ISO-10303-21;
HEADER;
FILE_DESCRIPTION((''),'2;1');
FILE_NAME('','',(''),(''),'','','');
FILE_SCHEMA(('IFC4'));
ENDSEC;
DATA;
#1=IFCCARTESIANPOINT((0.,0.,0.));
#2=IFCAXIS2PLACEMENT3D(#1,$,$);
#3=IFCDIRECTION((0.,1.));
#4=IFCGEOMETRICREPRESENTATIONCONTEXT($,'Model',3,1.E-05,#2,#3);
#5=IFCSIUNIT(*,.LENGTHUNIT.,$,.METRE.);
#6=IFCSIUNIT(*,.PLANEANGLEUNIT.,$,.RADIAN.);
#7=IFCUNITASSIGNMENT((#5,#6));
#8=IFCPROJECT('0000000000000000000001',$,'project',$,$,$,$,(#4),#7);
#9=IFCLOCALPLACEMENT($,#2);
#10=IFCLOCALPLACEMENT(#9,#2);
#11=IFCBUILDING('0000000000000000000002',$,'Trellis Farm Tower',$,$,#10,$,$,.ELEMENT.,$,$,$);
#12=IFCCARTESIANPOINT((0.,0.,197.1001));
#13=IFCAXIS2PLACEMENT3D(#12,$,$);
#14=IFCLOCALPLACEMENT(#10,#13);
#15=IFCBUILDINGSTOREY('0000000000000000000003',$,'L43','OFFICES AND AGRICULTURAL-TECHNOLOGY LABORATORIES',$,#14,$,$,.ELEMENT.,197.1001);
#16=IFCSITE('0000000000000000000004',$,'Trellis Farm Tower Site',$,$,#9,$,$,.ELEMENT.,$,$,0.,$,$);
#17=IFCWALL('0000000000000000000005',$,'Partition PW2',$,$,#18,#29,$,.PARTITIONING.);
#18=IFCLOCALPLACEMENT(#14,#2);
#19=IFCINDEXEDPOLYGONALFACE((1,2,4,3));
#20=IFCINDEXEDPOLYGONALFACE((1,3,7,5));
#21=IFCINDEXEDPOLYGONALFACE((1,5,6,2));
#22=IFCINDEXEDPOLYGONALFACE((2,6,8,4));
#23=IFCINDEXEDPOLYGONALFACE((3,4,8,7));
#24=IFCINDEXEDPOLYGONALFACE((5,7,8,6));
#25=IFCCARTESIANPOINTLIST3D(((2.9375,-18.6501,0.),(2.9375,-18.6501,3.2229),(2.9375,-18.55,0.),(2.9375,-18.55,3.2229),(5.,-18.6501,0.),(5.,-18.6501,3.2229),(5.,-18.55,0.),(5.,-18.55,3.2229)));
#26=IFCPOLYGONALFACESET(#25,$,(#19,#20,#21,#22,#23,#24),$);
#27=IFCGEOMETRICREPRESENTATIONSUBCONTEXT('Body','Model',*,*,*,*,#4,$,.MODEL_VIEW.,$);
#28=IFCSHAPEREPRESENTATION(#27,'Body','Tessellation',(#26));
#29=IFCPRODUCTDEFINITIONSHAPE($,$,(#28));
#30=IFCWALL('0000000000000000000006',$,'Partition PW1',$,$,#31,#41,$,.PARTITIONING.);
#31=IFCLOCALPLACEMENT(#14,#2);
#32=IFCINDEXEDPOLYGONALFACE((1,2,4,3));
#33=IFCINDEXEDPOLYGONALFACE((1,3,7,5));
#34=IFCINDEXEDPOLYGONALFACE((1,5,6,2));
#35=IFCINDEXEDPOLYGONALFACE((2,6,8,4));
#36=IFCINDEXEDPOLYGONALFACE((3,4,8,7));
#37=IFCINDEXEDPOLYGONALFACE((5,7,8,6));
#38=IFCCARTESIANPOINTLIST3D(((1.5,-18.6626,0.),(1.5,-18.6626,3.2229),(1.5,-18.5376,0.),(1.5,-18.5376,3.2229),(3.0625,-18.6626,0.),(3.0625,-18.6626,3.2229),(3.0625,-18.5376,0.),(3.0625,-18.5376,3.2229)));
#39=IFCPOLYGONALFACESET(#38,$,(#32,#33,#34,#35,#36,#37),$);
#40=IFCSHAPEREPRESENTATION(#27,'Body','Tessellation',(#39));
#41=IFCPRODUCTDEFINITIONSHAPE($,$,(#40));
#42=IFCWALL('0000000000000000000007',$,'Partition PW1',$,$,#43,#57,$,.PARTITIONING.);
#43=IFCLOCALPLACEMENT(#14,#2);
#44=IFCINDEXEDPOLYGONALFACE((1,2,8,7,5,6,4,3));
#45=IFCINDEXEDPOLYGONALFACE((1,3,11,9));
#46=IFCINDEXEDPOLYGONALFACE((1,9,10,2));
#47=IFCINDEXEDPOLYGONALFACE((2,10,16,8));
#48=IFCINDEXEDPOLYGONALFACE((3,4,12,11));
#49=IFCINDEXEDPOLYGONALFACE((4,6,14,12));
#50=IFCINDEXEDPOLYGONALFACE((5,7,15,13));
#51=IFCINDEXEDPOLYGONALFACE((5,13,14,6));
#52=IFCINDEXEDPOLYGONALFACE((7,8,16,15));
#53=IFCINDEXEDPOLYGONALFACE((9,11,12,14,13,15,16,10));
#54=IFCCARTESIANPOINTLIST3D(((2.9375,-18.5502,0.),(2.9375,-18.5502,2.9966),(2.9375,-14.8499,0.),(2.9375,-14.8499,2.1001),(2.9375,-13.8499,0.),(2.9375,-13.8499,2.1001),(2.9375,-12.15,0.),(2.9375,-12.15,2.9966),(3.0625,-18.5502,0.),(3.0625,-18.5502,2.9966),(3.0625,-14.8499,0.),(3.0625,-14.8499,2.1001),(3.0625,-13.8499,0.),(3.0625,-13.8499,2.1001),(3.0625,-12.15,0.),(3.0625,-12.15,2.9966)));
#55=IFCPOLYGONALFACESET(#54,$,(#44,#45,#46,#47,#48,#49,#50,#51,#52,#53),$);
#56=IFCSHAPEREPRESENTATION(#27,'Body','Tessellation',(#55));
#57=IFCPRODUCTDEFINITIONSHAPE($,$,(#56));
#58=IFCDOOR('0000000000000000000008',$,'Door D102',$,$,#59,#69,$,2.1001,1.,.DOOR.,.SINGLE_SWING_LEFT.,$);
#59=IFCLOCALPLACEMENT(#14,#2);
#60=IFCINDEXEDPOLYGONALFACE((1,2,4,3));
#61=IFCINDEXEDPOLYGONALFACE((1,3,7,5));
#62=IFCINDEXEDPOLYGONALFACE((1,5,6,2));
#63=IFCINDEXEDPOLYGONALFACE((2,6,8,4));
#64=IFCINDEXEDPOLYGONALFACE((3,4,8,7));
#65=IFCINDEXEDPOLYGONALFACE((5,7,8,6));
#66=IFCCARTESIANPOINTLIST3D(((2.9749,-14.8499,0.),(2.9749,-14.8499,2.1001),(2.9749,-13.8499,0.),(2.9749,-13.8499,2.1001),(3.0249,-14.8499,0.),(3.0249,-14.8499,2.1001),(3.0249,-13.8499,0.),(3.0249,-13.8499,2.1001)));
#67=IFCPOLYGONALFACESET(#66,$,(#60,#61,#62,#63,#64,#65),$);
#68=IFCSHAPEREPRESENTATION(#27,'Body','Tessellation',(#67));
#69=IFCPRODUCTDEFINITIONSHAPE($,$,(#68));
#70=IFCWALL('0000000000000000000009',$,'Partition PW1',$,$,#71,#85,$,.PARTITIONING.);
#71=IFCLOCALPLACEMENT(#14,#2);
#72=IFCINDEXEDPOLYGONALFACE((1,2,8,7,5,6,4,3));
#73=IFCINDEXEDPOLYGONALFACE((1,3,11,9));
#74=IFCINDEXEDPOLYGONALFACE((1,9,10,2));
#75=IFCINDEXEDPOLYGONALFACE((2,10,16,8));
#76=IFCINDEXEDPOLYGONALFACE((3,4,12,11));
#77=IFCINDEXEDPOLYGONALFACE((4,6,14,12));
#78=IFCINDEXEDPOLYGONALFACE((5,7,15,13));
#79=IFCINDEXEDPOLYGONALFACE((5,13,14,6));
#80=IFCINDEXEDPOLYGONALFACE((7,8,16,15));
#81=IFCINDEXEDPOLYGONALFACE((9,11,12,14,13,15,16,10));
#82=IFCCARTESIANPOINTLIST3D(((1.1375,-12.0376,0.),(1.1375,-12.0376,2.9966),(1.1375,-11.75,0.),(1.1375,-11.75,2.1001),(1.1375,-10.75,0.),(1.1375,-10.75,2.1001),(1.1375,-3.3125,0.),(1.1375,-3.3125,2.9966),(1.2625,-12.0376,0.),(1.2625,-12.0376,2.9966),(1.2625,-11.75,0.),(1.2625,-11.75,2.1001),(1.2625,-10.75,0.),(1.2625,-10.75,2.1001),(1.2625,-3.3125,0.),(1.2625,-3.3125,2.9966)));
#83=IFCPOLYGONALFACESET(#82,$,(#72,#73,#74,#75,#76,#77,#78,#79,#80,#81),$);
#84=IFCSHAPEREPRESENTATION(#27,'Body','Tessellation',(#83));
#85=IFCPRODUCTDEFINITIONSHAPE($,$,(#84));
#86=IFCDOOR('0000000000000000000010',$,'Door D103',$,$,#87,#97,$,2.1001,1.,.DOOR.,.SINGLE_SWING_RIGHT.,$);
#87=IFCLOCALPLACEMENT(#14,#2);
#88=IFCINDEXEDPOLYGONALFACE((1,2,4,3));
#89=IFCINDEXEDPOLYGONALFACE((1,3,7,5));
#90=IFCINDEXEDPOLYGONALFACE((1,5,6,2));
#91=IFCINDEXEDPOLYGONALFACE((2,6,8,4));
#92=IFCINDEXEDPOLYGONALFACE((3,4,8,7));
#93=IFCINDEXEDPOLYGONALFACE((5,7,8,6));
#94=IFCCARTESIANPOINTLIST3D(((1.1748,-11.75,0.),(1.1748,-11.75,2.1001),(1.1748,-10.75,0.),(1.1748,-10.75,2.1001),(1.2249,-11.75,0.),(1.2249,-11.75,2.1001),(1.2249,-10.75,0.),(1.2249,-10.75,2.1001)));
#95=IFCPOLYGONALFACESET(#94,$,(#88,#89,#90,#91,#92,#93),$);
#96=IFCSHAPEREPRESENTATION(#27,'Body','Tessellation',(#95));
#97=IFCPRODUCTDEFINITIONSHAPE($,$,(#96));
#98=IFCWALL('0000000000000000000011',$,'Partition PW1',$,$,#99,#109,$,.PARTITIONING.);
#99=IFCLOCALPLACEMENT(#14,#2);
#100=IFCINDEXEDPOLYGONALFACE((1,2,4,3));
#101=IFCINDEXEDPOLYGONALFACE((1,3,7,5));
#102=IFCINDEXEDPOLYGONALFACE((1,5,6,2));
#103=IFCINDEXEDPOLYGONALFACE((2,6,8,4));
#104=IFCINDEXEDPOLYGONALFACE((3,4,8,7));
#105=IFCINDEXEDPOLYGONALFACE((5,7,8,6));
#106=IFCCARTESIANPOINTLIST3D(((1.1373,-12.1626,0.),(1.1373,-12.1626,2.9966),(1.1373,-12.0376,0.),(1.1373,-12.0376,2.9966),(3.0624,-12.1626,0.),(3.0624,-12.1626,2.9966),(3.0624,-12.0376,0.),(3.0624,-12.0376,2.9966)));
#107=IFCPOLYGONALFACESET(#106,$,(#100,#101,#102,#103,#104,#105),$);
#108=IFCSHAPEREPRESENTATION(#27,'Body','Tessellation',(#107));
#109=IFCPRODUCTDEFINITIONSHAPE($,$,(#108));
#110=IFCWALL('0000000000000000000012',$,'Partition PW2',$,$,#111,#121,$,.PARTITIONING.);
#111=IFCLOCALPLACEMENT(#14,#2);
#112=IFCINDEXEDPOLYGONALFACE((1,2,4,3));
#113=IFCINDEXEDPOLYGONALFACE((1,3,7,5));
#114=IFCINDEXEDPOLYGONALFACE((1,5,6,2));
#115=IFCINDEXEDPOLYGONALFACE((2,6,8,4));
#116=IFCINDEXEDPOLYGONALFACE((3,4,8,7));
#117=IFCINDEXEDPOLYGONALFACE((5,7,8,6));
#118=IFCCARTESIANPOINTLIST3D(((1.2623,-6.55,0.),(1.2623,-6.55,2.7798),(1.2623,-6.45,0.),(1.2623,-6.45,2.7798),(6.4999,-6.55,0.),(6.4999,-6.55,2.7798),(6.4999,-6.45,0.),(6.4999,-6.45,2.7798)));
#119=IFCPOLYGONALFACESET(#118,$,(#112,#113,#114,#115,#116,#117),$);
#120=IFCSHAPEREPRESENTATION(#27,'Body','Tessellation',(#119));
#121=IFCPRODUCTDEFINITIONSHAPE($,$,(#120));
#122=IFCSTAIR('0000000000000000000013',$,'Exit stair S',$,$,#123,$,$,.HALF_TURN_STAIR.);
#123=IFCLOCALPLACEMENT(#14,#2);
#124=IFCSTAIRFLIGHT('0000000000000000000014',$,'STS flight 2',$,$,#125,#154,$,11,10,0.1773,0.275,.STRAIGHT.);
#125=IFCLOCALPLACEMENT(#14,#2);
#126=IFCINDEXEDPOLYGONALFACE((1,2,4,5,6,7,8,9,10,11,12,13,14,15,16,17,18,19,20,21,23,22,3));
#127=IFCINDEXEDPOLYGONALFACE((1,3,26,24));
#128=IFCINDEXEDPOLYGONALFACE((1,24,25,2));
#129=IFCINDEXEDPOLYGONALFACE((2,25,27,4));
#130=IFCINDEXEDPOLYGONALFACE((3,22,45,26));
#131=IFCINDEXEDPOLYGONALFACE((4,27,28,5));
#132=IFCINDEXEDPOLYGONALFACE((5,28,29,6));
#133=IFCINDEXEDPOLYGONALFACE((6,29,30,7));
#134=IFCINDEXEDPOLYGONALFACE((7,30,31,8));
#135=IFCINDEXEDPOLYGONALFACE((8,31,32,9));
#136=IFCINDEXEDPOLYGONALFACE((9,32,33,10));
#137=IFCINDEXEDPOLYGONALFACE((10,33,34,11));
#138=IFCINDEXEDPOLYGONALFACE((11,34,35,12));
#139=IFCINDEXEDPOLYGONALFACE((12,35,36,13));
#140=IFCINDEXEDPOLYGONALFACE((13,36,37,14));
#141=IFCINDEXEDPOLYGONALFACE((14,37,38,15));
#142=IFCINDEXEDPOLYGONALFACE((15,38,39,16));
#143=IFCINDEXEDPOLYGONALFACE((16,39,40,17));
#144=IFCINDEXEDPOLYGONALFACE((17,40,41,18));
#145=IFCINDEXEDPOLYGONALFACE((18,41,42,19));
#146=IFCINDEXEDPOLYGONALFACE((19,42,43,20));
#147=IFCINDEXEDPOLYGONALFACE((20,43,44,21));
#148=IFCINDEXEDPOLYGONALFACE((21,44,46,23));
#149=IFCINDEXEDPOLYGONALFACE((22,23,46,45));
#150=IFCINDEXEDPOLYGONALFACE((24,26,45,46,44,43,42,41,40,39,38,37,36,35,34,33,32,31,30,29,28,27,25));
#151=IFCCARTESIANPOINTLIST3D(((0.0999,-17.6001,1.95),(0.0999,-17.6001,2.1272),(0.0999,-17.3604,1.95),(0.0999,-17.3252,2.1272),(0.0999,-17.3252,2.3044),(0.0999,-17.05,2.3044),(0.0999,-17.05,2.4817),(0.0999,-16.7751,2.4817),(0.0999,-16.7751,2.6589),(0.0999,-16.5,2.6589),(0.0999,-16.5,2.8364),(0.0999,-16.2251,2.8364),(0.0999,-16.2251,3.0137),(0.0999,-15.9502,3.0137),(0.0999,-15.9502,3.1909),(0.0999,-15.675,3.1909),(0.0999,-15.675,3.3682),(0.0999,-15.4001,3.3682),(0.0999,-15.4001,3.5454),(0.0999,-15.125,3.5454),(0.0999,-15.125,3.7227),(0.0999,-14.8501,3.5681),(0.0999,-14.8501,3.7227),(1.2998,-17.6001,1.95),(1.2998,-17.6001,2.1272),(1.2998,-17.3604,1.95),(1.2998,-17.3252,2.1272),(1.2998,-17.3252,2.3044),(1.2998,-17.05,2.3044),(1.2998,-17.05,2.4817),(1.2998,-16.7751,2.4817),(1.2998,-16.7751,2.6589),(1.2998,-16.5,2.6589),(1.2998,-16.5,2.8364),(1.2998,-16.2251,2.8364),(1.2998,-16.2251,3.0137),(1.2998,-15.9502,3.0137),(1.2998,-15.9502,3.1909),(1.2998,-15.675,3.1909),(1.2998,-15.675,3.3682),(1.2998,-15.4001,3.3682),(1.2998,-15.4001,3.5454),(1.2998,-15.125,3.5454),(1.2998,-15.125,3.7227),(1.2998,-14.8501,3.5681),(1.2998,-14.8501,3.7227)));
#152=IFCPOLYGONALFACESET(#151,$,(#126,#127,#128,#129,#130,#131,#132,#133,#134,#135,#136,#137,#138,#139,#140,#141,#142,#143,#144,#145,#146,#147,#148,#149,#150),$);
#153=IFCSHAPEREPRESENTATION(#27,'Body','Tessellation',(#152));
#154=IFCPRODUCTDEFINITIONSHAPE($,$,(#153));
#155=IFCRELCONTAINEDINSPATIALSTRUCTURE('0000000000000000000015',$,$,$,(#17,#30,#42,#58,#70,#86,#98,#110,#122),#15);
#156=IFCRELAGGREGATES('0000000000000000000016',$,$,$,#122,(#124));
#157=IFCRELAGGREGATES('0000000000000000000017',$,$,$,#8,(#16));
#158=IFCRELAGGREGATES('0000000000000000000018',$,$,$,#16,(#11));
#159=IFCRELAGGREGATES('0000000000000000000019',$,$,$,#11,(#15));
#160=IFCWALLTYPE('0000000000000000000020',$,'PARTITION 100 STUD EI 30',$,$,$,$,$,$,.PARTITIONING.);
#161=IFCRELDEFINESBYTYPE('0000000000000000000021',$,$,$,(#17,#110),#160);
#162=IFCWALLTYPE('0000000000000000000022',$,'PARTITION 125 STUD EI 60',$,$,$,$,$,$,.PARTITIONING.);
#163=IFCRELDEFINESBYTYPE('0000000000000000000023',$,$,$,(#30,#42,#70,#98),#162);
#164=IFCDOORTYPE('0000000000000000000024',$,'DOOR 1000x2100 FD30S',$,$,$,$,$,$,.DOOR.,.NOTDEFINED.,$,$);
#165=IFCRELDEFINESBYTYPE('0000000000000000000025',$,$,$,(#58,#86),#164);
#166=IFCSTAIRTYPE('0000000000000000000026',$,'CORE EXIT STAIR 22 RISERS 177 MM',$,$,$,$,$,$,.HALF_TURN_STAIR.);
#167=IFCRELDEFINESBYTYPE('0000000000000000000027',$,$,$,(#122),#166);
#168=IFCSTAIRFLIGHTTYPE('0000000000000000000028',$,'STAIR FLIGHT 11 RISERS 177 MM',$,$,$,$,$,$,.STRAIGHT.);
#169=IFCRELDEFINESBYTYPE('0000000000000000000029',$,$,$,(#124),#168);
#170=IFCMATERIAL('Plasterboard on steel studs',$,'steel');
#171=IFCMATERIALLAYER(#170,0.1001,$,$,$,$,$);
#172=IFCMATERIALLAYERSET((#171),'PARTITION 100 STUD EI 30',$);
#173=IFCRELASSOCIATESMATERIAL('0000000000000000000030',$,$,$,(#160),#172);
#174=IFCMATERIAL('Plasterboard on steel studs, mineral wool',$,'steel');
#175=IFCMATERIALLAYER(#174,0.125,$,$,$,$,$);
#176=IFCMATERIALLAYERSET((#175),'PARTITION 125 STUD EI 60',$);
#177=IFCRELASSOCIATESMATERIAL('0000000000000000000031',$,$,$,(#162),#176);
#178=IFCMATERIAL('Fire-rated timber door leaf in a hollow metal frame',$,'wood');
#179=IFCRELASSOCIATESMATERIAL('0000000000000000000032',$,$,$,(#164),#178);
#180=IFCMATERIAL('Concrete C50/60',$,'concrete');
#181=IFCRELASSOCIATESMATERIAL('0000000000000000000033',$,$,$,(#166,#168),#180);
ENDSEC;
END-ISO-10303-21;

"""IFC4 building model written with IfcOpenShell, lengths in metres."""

from ifc_helpers import new_model, si_unit, direction, frame, frame_2d, origin, place, context, subcontext, project, spatial, polyline, rectangle, outline, extrude, source, transform, mapped, material, layer, layer_set, type_object, element, fill, aggregate, save


model = new_model("IFC4")

# Units and contexts
model_context = context("Model", 3, precision=1e-05, world=origin(), true_north=direction((0.0, 1.0)))
body_context = subcontext(model_context, "Body", "Model", "MODEL_VIEW")
ifc_project = project(units=[si_unit("LENGTHUNIT", "METRE"), si_unit("PLANEANGLEUNIT", "RADIAN")], contexts=[model_context])

# Site, building, storey
site_placement = place(None, origin())
site = spatial("IfcSite", under=ifc_project, at=site_placement, Name="Trellis Farm Tower Site", CompositionType="ELEMENT", RefElevation=0.0)
building_placement = place(site_placement, origin())
building = spatial("IfcBuilding", under=site, at=building_placement, Name="Trellis Farm Tower", CompositionType="ELEMENT")
storey_placement = place(building_placement, frame((0.0, 0.0, 197.1001)))
storey = spatial("IfcBuildingStorey", under=building, at=storey_placement, Name="L43", Description="OFFICES AND AGRICULTURAL-TECHNOLOGY LABORATORIES", CompositionType="ELEMENT", Elevation=197.1001)

# Shared definitions
placement_1 = place(storey_placement, origin())

# Walls
ifc_material_1 = material(Name="Plasterboard on steel studs", Category="steel")
ifc_layer_1 = layer(ifc_material_1, 0.1001)
ifc_layer_set_1 = layer_set([ifc_layer_1], Name="PARTITION 100 STUD EI 30")
wall_type_1 = type_object("IfcWallType", Name="PARTITION 100 STUD EI 30", PredefinedType="PARTITIONING", material=ifc_layer_set_1)
shared_shape_1 = source(origin(), body_context, "Body", "SweptSolid", [
    extrude(rectangle(XDim=2.0625, YDim=0.1001, at=frame_2d((1.0312, 0.0))), origin(), (0.0, 0.0, 1.0), 3.2229),
])
wall_1_placement = place(storey_placement, frame((2.9375, -18.6001, 0.0), z_axis=(0.0, 0.0, 1.0), x_axis=(1.0, 0.0, 0.0)))
element("IfcWall", 1, at=wall_1_placement, inside=storey, type_object=wall_type_1, Name="Partition PW2", PredefinedType="PARTITIONING", context=body_context, shape_type="MappedRepresentation", body=[
    mapped(shared_shape_1, transform((0.0, 0.0, 0.0))),
])
ifc_material_2 = material(Name="Plasterboard on steel studs, mineral wool", Category="steel")
ifc_layer_2 = layer(ifc_material_2, 0.125)
ifc_layer_set_2 = layer_set([ifc_layer_2], Name="PARTITION 125 STUD EI 60")
wall_type_2 = type_object("IfcWallType", Name="PARTITION 125 STUD EI 60", PredefinedType="PARTITIONING", material=ifc_layer_set_2)
shared_shape_2 = source(origin(), body_context, "Body", "SweptSolid", [
    extrude(rectangle(XDim=1.5625, YDim=0.125, at=frame_2d((0.7812, 0.0))), origin(), (0.0, 0.0, 1.0), 3.2229),
])
wall_2_placement = place(storey_placement, frame((3.0625, -18.6001, 0.0), z_axis=(0.0, 0.0, 1.0), x_axis=(-1.0, 0.0, 0.0)))
element("IfcWall", 2, at=wall_2_placement, inside=storey, type_object=wall_type_2, Name="Partition PW1", PredefinedType="PARTITIONING", context=body_context, shape_type="MappedRepresentation", body=[
    mapped(shared_shape_2, transform((0.0, 0.0, 0.0))),
])

# Walls, openings, doors
shared_shape_3 = source(origin(), body_context, "Body", "SweptSolid", [
    extrude(rectangle(XDim=6.4001, YDim=0.125, at=frame_2d((3.2002, 0.0))), origin(), (0.0, 0.0, 1.0), 2.9966),
])
wall_3_placement = place(storey_placement, frame((3.0, -12.1499, 0.0), z_axis=(0.0, 0.0, 1.0), x_axis=(0.0, -1.0, 0.0)))
wall_3 = element("IfcWall", 3, at=wall_3_placement, inside=storey, type_object=wall_type_2, Name="Partition PW1", PredefinedType="PARTITIONING", context=body_context, shape_type="MappedRepresentation", body=[
    mapped(shared_shape_3, transform((0.0, 0.0, 0.0))),
])
shared_shape_4 = source(origin(), body_context, "Body", "SweptSolid", [
    extrude(rectangle(XDim=1.0, YDim=2.1001, at=frame_2d((0.5, 1.05))), frame((0.0, 0.0725, 0.0), z_axis=(0.0, -1.0, 0.0), x_axis=(1.0, 0.0, 0.0)), (0.0, 0.0, 1.0), 0.145),
])
opening_1_placement = place(wall_3_placement, frame((1.7, 0.0, 0.0)))
opening_1 = element("IfcOpeningElement", 4, at=opening_1_placement, cuts=wall_3, PredefinedType="OPENING", context=body_context, shape_type="MappedRepresentation", body=[
    mapped(shared_shape_4, transform((0.0, 0.0, 0.0))),
])
ifc_material_3 = material(Name="Fire-rated timber door leaf in a hollow metal frame", Category="wood")
door_type_1 = type_object("IfcDoorType", Name="DOOR 1000x2100 FD30S", OperationType="NOTDEFINED", PredefinedType="DOOR", material=ifc_material_3)
shared_shape_5 = source(origin(), body_context, "Body", "SweptSolid", [
    extrude(rectangle(XDim=1.0, YDim=2.1001, at=frame_2d((0.5, 1.05))), frame((0.0, 0.0249, 0.0), z_axis=(0.0, -1.0, 0.0), x_axis=(1.0, 0.0, 0.0)), (0.0, 0.0, 1.0), 0.05),
])
door_1_placement = place(opening_1_placement, origin())
door_1 = element("IfcDoor", 5, at=door_1_placement, inside=storey, type_object=door_type_1, Name="Door D102", OperationType="SINGLE_SWING_LEFT", OverallHeight=2.1001, OverallWidth=1.0, PredefinedType="DOOR", context=body_context, shape_type="MappedRepresentation", body=[
    mapped(shared_shape_5, transform((0.0, 0.0, 0.0))),
])
fill(opening_1, door_1)
shared_shape_6 = source(origin(), body_context, "Body", "SweptSolid", [
    extrude(rectangle(XDim=8.7251, YDim=0.125, at=frame_2d((4.3625, 0.0))), origin(), (0.0, 0.0, 1.0), 2.9966),
])
wall_4_placement = place(storey_placement, frame((1.2, -3.3125, 0.0), z_axis=(0.0, 0.0, 1.0), x_axis=(0.0, -1.0, 0.0)))
wall_4 = element("IfcWall", 6, at=wall_4_placement, inside=storey, type_object=wall_type_2, Name="Partition PW1", PredefinedType="PARTITIONING", context=body_context, shape_type="MappedRepresentation", body=[
    mapped(shared_shape_6, transform((0.0, 0.0, 0.0))),
])
opening_2_placement = place(wall_4_placement, frame((7.4375, 0.0, 0.0)))
opening_2 = element("IfcOpeningElement", 7, at=opening_2_placement, cuts=wall_4, PredefinedType="OPENING", context=body_context, shape_type="MappedRepresentation", body=[
    mapped(shared_shape_4, transform((0.0, 0.0, 0.0))),
])
door_2_placement = place(opening_2_placement, origin())
door_2 = element("IfcDoor", 8, at=door_2_placement, inside=storey, type_object=door_type_1, Name="Door D103", OperationType="SINGLE_SWING_RIGHT", OverallHeight=2.1001, OverallWidth=1.0, PredefinedType="DOOR", context=body_context, shape_type="MappedRepresentation", body=[
    mapped(shared_shape_5, transform((0.0, 0.0, 0.0))),
])
fill(opening_2, door_2)

# Walls
shared_shape_7 = source(origin(), body_context, "Body", "SweptSolid", [
    extrude(rectangle(XDim=1.925, YDim=0.125, at=frame_2d((0.9624, 0.0))), origin(), (0.0, 0.0, 1.0), 2.9966),
])
wall_5_placement = place(storey_placement, frame((1.1375, -12.1001, 0.0), z_axis=(0.0, 0.0, 1.0), x_axis=(1.0, 0.0, 0.0)))
element("IfcWall", 9, at=wall_5_placement, inside=storey, type_object=wall_type_2, Name="Partition PW1", PredefinedType="PARTITIONING", context=body_context, shape_type="MappedRepresentation", body=[
    mapped(shared_shape_7, transform((0.0, 0.0, 0.0))),
])
shared_shape_8 = source(origin(), body_context, "Body", "SweptSolid", [
    extrude(rectangle(XDim=5.2375, YDim=0.1001, at=frame_2d((2.6187, 0.0))), origin(), (0.0, 0.0, 1.0), 2.7798),
])
wall_6_placement = place(storey_placement, frame((1.2625, -6.5, 0.0), z_axis=(0.0, 0.0, 1.0), x_axis=(1.0, 0.0, 0.0)))
element("IfcWall", 10, at=wall_6_placement, inside=storey, type_object=wall_type_1, Name="Partition PW2", PredefinedType="PARTITIONING", context=body_context, shape_type="MappedRepresentation", body=[
    mapped(shared_shape_8, transform((0.0, 0.0, 0.0))),
])

# Stair, stair flight
ifc_material_4 = material(Name="Concrete C50/60", Category="concrete")
stair_type = type_object("IfcStairType", Name="CORE EXIT STAIR 22 RISERS 177 MM", PredefinedType="HALF_TURN_STAIR", material=ifc_material_4)
stair = element("IfcStair", 11, at=placement_1, inside=storey, type_object=stair_type, Name="Exit stair S", PredefinedType="HALF_TURN_STAIR")
stair_flight_type = type_object("IfcStairFlightType", Name="STAIR FLIGHT 11 RISERS 177 MM", PredefinedType="STRAIGHT", material=ifc_material_4)
shared_shape_9 = source(origin(), body_context, "Body", "SweptSolid", [
    extrude(outline(polyline([(0.0, 0.0), (0.0, 0.1772), (0.2749, 0.1772), (0.2749, 0.3545), (0.55, 0.3545), (0.55, 0.5317), (0.825, 0.5317), (0.825, 0.709), (1.1001, 0.709), (1.1001, 0.8865), (1.375, 0.8865), (1.375, 1.0637), (1.6499, 1.0637), (1.6499, 1.241), (1.925, 1.241), (1.925, 1.4182), (2.2, 1.4182), (2.2, 1.5955), (2.4751, 1.5955), (2.4751, 1.7727), (2.75, 1.7727), (2.75, 1.95), (2.75, 1.6182), (0.2397, 0.0), (0.0, 0.0)])), frame((0.0, 0.6001, 0.0), z_axis=(0.0, -1.0, 0.0), x_axis=(1.0, 0.0, 0.0)), (0.0, 0.0, 1.0), 1.2),
])
stair_flight_placement = place(storey_placement, frame((0.7, -17.6001, 1.95), z_axis=(0.0, 0.0, 1.0), x_axis=(0.0, 1.0, 0.0)))
stair_flight = element("IfcStairFlight", 12, at=stair_flight_placement, type_object=stair_flight_type, Name="STS flight 2", NumberOfRisers=11, NumberOfTreads=10, PredefinedType="STRAIGHT", RiserHeight=0.1773, TreadLength=0.275, context=body_context, shape_type="MappedRepresentation", body=[
    mapped(shared_shape_9, transform((0.0, 0.0, 0.0))),
])
aggregate(stair, [stair_flight])

save(model, "model.ifc")
